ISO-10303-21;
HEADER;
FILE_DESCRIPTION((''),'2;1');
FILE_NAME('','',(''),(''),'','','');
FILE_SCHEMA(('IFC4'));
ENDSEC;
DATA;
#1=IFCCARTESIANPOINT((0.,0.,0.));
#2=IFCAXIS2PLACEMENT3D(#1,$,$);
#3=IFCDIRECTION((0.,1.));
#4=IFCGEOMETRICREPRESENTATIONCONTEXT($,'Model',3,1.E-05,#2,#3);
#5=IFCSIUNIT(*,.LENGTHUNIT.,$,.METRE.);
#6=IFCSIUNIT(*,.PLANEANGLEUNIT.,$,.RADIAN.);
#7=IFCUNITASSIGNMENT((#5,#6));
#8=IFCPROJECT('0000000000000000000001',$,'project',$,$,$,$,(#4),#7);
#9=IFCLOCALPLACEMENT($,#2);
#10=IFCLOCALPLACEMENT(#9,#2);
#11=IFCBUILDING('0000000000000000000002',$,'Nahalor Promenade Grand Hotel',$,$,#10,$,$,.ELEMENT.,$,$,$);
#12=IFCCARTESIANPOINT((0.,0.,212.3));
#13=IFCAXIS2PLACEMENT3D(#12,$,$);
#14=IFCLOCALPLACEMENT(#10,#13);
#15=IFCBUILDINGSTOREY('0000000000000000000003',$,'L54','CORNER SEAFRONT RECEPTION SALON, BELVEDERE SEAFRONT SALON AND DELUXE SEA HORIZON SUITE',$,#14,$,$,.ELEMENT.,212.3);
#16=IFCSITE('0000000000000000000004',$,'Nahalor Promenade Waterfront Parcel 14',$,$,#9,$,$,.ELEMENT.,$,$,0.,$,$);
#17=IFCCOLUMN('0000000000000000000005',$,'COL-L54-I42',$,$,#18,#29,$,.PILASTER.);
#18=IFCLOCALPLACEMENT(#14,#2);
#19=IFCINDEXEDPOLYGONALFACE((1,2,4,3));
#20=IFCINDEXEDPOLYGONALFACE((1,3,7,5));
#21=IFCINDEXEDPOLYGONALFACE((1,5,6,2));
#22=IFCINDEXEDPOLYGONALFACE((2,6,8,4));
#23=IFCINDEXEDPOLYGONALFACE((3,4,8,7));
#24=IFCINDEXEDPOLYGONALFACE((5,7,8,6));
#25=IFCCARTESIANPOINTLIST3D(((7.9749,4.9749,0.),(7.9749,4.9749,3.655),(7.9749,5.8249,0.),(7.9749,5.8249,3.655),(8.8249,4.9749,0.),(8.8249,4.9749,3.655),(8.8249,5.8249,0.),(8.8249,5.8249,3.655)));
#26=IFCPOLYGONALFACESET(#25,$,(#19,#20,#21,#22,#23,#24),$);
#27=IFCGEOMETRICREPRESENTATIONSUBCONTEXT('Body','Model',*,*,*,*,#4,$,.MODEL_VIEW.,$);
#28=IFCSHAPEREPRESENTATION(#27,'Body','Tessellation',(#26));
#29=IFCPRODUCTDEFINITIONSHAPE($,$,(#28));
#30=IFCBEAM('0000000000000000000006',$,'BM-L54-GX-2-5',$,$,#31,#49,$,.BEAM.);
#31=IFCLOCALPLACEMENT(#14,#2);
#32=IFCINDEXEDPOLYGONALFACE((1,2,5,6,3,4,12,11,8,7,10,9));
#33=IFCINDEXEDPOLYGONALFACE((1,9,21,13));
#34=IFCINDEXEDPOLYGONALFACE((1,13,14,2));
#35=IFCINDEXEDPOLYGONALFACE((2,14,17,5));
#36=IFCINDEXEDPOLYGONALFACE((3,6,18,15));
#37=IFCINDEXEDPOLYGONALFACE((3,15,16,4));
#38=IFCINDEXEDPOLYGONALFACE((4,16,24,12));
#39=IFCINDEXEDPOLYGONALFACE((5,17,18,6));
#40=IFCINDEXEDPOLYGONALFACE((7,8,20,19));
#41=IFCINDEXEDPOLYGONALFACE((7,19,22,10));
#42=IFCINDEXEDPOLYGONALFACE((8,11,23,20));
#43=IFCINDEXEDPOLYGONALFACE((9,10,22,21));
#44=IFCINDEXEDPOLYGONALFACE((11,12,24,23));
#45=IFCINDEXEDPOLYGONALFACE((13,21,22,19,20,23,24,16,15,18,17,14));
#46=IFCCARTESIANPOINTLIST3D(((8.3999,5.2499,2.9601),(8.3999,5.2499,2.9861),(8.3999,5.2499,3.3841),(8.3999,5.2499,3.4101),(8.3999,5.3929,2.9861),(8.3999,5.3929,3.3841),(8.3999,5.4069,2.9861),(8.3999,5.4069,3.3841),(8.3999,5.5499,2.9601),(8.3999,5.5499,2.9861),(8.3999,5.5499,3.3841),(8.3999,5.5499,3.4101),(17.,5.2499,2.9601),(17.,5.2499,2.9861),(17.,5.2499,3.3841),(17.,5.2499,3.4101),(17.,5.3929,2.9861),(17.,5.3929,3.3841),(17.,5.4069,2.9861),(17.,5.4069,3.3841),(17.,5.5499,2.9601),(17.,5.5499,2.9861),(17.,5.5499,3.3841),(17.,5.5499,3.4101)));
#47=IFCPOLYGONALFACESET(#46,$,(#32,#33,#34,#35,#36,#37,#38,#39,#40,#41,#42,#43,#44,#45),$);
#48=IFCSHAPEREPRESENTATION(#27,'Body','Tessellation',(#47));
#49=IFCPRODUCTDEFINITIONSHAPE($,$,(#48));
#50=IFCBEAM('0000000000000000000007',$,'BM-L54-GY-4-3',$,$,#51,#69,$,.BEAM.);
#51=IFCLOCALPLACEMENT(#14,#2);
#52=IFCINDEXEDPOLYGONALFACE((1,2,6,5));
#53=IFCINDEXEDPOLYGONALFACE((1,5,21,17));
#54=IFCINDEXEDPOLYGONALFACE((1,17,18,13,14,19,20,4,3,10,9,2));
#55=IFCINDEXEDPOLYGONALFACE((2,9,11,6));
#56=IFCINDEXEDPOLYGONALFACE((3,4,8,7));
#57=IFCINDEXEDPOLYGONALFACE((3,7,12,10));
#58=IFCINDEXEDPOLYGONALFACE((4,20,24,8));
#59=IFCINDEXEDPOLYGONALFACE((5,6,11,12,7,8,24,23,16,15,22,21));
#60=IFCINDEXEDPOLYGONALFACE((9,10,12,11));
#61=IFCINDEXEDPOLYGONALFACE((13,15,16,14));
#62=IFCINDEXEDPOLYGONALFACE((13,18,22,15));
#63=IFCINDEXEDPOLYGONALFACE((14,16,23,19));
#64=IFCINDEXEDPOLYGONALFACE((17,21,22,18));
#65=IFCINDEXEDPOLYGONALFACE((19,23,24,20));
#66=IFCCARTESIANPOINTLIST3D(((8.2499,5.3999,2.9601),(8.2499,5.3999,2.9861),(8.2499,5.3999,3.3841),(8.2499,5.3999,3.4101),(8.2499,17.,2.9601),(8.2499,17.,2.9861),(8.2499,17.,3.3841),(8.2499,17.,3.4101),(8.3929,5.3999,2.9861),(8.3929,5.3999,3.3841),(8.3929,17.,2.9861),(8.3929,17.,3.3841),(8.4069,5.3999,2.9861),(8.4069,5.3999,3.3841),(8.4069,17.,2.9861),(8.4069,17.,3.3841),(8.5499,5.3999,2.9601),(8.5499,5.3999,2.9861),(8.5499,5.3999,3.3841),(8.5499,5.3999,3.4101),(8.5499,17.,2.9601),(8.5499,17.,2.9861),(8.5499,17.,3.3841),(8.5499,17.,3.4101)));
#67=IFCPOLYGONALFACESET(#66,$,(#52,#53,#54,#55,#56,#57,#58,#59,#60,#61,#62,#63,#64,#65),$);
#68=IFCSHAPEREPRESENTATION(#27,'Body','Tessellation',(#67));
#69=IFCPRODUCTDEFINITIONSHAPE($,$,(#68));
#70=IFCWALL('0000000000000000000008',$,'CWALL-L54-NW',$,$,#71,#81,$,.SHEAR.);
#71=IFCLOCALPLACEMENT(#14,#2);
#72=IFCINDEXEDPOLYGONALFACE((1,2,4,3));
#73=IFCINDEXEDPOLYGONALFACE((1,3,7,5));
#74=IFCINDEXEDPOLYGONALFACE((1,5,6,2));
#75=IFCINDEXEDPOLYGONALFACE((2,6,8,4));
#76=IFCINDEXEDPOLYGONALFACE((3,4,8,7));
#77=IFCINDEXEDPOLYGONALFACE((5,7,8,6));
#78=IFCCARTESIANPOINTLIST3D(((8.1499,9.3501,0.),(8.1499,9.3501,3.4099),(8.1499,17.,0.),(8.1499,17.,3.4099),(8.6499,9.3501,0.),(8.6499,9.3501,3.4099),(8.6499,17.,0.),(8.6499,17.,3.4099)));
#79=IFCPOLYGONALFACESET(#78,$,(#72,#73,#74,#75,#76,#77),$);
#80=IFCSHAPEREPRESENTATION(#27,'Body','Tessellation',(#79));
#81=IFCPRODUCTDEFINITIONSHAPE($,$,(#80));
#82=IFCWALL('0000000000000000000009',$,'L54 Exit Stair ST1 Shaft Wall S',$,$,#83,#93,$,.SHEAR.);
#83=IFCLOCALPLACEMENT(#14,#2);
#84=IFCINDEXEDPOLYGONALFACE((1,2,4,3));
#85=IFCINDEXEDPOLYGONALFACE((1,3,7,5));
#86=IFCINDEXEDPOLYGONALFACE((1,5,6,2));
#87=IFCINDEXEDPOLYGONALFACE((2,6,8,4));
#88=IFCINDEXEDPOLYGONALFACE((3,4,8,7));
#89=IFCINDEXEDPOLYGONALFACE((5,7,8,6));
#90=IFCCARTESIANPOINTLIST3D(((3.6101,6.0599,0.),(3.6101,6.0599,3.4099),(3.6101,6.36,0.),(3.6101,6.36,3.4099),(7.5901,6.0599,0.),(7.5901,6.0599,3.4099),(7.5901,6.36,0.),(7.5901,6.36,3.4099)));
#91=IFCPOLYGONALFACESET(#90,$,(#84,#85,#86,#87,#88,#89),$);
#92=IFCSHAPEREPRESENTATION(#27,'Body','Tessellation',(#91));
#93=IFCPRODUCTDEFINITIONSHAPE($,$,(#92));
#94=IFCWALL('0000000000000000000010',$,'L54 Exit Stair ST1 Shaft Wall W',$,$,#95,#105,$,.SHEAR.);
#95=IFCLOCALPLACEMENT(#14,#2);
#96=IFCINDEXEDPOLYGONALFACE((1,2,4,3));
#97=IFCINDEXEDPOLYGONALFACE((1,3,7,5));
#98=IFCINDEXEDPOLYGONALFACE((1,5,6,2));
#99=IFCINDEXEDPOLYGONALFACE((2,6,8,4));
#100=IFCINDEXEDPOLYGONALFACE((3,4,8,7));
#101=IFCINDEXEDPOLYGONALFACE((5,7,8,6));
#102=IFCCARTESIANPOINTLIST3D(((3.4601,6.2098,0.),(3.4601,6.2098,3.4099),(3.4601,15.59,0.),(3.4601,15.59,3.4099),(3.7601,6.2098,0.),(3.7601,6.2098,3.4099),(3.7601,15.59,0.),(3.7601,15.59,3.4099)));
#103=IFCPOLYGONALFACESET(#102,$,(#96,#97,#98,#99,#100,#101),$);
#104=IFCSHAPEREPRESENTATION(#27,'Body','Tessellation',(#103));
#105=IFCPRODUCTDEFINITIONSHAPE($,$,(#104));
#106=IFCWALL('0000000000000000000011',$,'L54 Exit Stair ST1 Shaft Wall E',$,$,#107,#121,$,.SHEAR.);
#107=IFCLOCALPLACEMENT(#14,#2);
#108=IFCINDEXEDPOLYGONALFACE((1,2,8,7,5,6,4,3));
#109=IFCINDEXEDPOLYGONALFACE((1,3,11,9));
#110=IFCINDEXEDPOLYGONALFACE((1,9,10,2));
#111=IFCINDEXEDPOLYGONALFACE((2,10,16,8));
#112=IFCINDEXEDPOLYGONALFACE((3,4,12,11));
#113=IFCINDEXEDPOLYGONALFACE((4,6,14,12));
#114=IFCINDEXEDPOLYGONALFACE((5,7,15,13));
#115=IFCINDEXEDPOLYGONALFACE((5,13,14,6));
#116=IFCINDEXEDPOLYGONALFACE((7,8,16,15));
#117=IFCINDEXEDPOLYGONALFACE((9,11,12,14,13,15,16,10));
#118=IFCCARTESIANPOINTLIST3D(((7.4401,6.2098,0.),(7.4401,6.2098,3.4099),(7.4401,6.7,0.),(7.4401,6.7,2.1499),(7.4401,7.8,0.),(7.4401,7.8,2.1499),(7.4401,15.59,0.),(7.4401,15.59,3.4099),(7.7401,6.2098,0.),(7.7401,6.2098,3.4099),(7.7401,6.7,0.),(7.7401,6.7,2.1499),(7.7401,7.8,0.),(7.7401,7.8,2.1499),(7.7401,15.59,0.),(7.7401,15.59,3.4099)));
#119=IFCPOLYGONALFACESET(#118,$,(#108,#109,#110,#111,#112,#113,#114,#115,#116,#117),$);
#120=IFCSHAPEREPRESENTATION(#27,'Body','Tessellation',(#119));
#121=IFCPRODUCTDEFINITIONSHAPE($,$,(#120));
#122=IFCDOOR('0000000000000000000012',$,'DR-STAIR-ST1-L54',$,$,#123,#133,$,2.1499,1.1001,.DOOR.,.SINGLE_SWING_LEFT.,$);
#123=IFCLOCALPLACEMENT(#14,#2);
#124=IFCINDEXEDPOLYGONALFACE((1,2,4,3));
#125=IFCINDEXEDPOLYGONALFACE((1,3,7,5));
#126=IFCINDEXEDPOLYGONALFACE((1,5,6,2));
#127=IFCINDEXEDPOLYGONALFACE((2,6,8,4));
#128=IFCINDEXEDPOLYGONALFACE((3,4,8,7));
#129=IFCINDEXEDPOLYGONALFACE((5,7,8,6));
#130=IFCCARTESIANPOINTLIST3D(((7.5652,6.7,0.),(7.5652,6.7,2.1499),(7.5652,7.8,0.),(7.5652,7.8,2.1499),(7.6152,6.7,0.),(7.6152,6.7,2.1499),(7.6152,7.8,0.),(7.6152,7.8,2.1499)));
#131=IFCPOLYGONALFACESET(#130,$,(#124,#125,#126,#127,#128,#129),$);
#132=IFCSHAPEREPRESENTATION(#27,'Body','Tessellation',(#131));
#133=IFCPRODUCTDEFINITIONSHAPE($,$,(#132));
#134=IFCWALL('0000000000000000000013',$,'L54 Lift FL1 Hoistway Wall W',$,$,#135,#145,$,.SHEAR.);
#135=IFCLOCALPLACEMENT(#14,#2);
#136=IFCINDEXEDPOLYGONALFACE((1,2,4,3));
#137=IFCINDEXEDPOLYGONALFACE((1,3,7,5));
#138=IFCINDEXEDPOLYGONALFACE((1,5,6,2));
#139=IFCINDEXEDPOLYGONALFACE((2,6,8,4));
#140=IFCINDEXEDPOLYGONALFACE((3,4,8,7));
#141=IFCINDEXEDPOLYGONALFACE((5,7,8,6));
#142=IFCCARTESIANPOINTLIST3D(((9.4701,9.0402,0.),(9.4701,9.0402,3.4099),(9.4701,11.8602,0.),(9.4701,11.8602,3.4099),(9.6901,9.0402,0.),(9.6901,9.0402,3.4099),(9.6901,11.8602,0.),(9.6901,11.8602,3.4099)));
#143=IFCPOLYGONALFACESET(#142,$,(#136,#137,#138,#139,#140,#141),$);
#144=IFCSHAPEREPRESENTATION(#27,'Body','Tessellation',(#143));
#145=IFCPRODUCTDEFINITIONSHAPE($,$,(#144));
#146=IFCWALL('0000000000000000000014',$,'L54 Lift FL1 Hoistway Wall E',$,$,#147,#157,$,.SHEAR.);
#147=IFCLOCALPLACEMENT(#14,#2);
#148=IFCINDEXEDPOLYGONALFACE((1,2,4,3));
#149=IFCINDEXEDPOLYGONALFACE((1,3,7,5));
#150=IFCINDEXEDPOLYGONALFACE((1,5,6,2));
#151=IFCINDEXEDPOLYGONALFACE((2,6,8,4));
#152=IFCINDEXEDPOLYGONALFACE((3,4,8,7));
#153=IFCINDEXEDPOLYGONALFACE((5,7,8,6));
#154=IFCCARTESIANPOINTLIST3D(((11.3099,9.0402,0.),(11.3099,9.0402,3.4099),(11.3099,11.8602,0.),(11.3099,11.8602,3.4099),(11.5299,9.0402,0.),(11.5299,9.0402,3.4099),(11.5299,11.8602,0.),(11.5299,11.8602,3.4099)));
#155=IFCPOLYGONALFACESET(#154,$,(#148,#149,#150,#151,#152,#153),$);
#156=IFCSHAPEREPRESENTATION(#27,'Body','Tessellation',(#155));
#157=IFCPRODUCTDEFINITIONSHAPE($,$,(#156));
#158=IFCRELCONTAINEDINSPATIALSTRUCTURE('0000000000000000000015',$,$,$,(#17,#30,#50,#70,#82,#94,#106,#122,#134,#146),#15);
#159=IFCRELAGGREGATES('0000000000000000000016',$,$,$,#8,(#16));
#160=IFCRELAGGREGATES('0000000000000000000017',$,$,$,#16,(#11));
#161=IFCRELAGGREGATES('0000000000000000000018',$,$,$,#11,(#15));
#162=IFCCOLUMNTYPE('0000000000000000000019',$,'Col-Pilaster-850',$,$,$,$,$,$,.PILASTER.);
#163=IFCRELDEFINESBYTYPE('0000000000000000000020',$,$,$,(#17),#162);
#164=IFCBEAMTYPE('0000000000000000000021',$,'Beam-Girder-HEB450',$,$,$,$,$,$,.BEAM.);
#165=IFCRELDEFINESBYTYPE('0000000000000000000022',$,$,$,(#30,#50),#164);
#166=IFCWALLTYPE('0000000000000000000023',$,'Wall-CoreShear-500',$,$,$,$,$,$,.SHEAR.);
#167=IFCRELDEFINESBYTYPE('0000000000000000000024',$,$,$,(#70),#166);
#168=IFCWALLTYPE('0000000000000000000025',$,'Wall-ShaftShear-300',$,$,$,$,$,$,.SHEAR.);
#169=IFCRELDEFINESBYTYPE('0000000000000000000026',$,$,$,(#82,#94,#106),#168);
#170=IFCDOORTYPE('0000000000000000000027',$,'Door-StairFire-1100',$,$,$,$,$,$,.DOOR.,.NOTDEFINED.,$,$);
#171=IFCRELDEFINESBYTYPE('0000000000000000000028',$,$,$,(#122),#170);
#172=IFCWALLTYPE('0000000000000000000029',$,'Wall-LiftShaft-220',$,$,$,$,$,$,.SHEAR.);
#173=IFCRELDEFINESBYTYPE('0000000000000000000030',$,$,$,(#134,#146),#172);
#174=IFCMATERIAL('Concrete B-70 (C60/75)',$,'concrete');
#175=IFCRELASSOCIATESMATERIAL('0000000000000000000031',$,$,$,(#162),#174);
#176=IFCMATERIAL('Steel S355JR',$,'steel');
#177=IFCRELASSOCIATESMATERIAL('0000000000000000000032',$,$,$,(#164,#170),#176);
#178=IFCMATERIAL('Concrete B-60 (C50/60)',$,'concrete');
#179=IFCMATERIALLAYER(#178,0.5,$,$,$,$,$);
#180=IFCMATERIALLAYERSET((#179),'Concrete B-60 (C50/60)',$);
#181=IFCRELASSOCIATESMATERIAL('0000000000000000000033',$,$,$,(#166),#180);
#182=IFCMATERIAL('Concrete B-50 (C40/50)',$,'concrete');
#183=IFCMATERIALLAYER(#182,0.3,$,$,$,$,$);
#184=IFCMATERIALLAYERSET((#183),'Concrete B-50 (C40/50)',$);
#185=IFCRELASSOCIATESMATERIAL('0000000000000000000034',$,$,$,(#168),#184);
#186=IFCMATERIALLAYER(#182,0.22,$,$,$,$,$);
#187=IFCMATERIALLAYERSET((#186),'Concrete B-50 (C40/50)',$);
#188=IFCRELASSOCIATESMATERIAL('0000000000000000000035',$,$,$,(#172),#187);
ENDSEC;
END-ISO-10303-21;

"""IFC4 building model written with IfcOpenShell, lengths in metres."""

from ifc_helpers import new_model, si_unit, direction, frame, frame_2d, origin, origin_2d, place, context, subcontext, project, spatial, rectangle, i_section, extrude, source, transform, mapped, material, layer, layer_set, material_profile, profile_set, type_object, element, fill, save


model = new_model("IFC4")

# Units and contexts
model_context = context("Model", 3, precision=1e-05, world=origin(), true_north=direction((0.0, 1.0)))
body_context = subcontext(model_context, "Body", "Model", "MODEL_VIEW")
ifc_project = project(units=[si_unit("LENGTHUNIT", "METRE"), si_unit("PLANEANGLEUNIT", "RADIAN")], contexts=[model_context])

# Site, building, storey
site_placement = place(None, origin())
site = spatial("IfcSite", under=ifc_project, at=site_placement, Name="Nahalor Promenade Waterfront Parcel 14", CompositionType="ELEMENT", RefElevation=0.0)
building_placement = place(site_placement, origin())
building = spatial("IfcBuilding", under=site, at=building_placement, Name="Nahalor Promenade Grand Hotel", CompositionType="ELEMENT")
storey_placement = place(building_placement, frame((0.0, 0.0, 212.3)))
storey = spatial("IfcBuildingStorey", under=building, at=storey_placement, Name="L54", Description="CORNER SEAFRONT RECEPTION SALON, BELVEDERE SEAFRONT SALON AND DELUXE SEA HORIZON SUITE", CompositionType="ELEMENT", Elevation=212.3)

# Column
ifc_material_1 = material(Name="Concrete B-70 (C60/75)", Category="concrete")
ifc_material_profile_1 = material_profile(ifc_material_1, rectangle(XDim=0.85, YDim=0.85, at=origin_2d()), Name="RC 850x850")
ifc_profile_set_1 = profile_set([ifc_material_profile_1], Name="Concrete B-70 (C60/75)")
column_type = type_object("IfcColumnType", Name="Col-Pilaster-850", PredefinedType="PILASTER", material=ifc_profile_set_1)
shared_shape_1 = source(origin(), body_context, "Body", "SweptSolid", [
    extrude(rectangle(XDim=0.85, YDim=0.85, at=origin_2d()), origin(), (0.0, 0.0, 1.0), 3.655),
])
column_placement = place(storey_placement, frame((8.3999, 5.3999, 0.0), z_axis=(0.0, 0.0, 1.0), x_axis=(1.0, 0.0, 0.0)))
element("IfcColumn", 1, at=column_placement, inside=storey, type_object=column_type, Name="COL-L54-I42", PredefinedType="PILASTER", context=body_context, shape_type="MappedRepresentation", body=[
    mapped(shared_shape_1, transform((0.0, 0.0, 0.0), scale=1.0)),
])

# Beams
ifc_material_2 = material(Name="Steel S355JR", Category="steel")
ifc_material_profile_2 = material_profile(ifc_material_2, i_section(OverallWidth=0.3, OverallDepth=0.45, WebThickness=0.014, FlangeThickness=0.026, at=origin_2d()), Name="HEB 450")
ifc_profile_set_2 = profile_set([ifc_material_profile_2], Name="Steel S355JR")
beam_type = type_object("IfcBeamType", Name="Beam-Girder-HEB450", PredefinedType="BEAM", material=ifc_profile_set_2)
shared_shape_2 = source(origin(), body_context, "Body", "SweptSolid", [
    extrude(i_section(OverallWidth=0.3, OverallDepth=0.45, WebThickness=0.014, FlangeThickness=0.026, at=origin_2d()), origin(), (0.0, 0.0, 1.0), 8.6001),
])
beam_1_placement = place(storey_placement, frame((8.3999, 5.3999, 3.1851), z_axis=(1.0, 0.0, 0.0), x_axis=(0.0, 1.0, 0.0)))
element("IfcBeam", 2, at=beam_1_placement, inside=storey, type_object=beam_type, Name="BM-L54-GX-2-5", PredefinedType="BEAM", context=body_context, shape_type="MappedRepresentation", body=[
    mapped(shared_shape_2, transform((0.0, 0.0, 0.0), scale=1.0)),
])
shared_shape_3 = source(origin(), body_context, "Body", "SweptSolid", [
    extrude(i_section(OverallWidth=0.3, OverallDepth=0.45, WebThickness=0.014, FlangeThickness=0.026, at=origin_2d()), origin(), (0.0, 0.0, 1.0), 11.6001),
])
beam_2_placement = place(storey_placement, frame((8.3999, 5.3999, 3.1851), z_axis=(0.0, 1.0, 0.0), x_axis=(-1.0, 0.0, 0.0)))
element("IfcBeam", 3, at=beam_2_placement, inside=storey, type_object=beam_type, Name="BM-L54-GY-4-3", PredefinedType="BEAM", context=body_context, shape_type="MappedRepresentation", body=[
    mapped(shared_shape_3, transform((0.0, 0.0, 0.0), scale=1.0)),
])

# Walls
ifc_material_3 = material(Name="Concrete B-60 (C50/60)", Category="concrete")
ifc_layer_1 = layer(ifc_material_3, 0.5)
ifc_layer_set_1 = layer_set([ifc_layer_1], Name="Concrete B-60 (C50/60)")
wall_type_1 = type_object("IfcWallType", Name="Wall-CoreShear-500", PredefinedType="SHEAR", material=ifc_layer_set_1)
shared_shape_4 = source(origin(), body_context, "Body", "SweptSolid", [
    extrude(rectangle(XDim=7.6499, YDim=0.5, at=frame_2d((3.825, 0.0))), origin(), (0.0, 0.0, 1.0), 3.4099),
])
wall_1_placement = place(storey_placement, frame((8.3999, 9.3501, 0.0), z_axis=(0.0, 0.0, 1.0), x_axis=(0.0, 1.0, 0.0)))
element("IfcWall", 4, at=wall_1_placement, inside=storey, type_object=wall_type_1, Name="CWALL-L54-NW", PredefinedType="SHEAR", context=body_context, shape_type="MappedRepresentation", body=[
    mapped(shared_shape_4, transform((0.0, 0.0, 0.0), scale=1.0)),
])
ifc_material_4 = material(Name="Concrete B-50 (C40/50)", Category="concrete")
ifc_layer_2 = layer(ifc_material_4, 0.3)
ifc_layer_set_2 = layer_set([ifc_layer_2], Name="Concrete B-50 (C40/50)")
wall_type_2 = type_object("IfcWallType", Name="Wall-ShaftShear-300", PredefinedType="SHEAR", material=ifc_layer_set_2)
shared_shape_5 = source(origin(), body_context, "Body", "SweptSolid", [
    extrude(rectangle(XDim=3.98, YDim=0.3, at=frame_2d((1.99, 0.0))), origin(), (0.0, 0.0, 1.0), 3.4099),
])
wall_2_placement = place(storey_placement, frame((3.6101, 6.21, 0.0), z_axis=(0.0, 0.0, 1.0), x_axis=(1.0, 0.0, 0.0)))
element("IfcWall", 5, at=wall_2_placement, inside=storey, type_object=wall_type_2, Name="L54 Exit Stair ST1 Shaft Wall S", PredefinedType="SHEAR", context=body_context, shape_type="MappedRepresentation", body=[
    mapped(shared_shape_5, transform((0.0, 0.0, 0.0), scale=1.0)),
])
shared_shape_6 = source(origin(), body_context, "Body", "SweptSolid", [
    extrude(rectangle(XDim=9.3801, YDim=0.3, at=frame_2d((4.6899, 0.0))), origin(), (0.0, 0.0, 1.0), 3.4099),
])
wall_3_placement = place(storey_placement, frame((3.6101, 6.21, 0.0), z_axis=(0.0, 0.0, 1.0), x_axis=(0.0, 1.0, 0.0)))
element("IfcWall", 6, at=wall_3_placement, inside=storey, type_object=wall_type_2, Name="L54 Exit Stair ST1 Shaft Wall W", PredefinedType="SHEAR", context=body_context, shape_type="MappedRepresentation", body=[
    mapped(shared_shape_6, transform((0.0, 0.0, 0.0), scale=1.0)),
])

# Wall, opening, door
wall_4_placement = place(storey_placement, frame((7.5901, 6.21, 0.0), z_axis=(0.0, 0.0, 1.0), x_axis=(0.0, 1.0, 0.0)))
wall_4 = element("IfcWall", 7, at=wall_4_placement, inside=storey, type_object=wall_type_2, Name="L54 Exit Stair ST1 Shaft Wall E", PredefinedType="SHEAR", context=body_context, shape_type="MappedRepresentation", body=[
    mapped(shared_shape_6, transform((0.0, 0.0, 0.0), scale=1.0)),
])
opening_1_placement = place(wall_4_placement, frame((0.49, 0.0, 0.0)))
opening_1 = element("IfcOpeningElement", 8, at=opening_1_placement, cuts=wall_4, PredefinedType="OPENING", context=body_context, shape_type="SweptSolid", body=[
    extrude(rectangle(XDim=1.1001, YDim=2.1499, at=frame_2d((0.55, 1.075))), frame((0.0, 0.1599, 0.0), z_axis=(0.0, -1.0, 0.0), x_axis=(1.0, 0.0, 0.0)), (0.0, 0.0, 1.0), 0.3201),
])
door_type_1 = type_object("IfcDoorType", Name="Door-StairFire-1100", OperationType="NOTDEFINED", PredefinedType="DOOR", material=ifc_material_2)
shared_shape_7 = source(origin(), body_context, "Body", "SweptSolid", [
    extrude(rectangle(XDim=1.1001, YDim=2.1499, at=frame_2d((0.55, 1.075))), frame((0.0, 0.0249, 0.0), z_axis=(0.0, -1.0, 0.0), x_axis=(1.0, 0.0, 0.0)), (0.0, 0.0, 1.0), 0.05),
])
door_1_placement = place(opening_1_placement, origin())
door_1 = element("IfcDoor", 9, at=door_1_placement, inside=storey, type_object=door_type_1, Name="DR-STAIR-ST1-L54", OperationType="SINGLE_SWING_LEFT", OverallHeight=2.1499, OverallWidth=1.1001, PredefinedType="DOOR", context=body_context, shape_type="MappedRepresentation", body=[
    mapped(shared_shape_7, transform((0.0, 0.0, 0.0), scale=1.0)),
])
fill(opening_1, door_1)

# Walls
ifc_layer_3 = layer(ifc_material_4, 0.22)
ifc_layer_set_3 = layer_set([ifc_layer_3], Name="Concrete B-50 (C40/50)")
wall_type_3 = type_object("IfcWallType", Name="Wall-LiftShaft-220", PredefinedType="SHEAR", material=ifc_layer_set_3)
shared_shape_8 = source(origin(), body_context, "Body", "SweptSolid", [
    extrude(rectangle(XDim=2.8201, YDim=0.22, at=frame_2d((1.4102, 0.0))), origin(), (0.0, 0.0, 1.0), 3.4099),
])
for number, where, z_axis, x_axis, name in (
    (10, (9.5801, 9.04, 0.0), (0.0, 0.0, 1.0), (0.0, 1.0, 0.0), "L54 Lift FL1 Hoistway Wall W"),
    (11, (11.4199, 9.04, 0.0), (0.0, 0.0, 1.0), (0.0, 1.0, 0.0), "L54 Lift FL1 Hoistway Wall E"),
):
    element("IfcWall", number, at=place(storey_placement, frame(where, z_axis=z_axis, x_axis=x_axis)), inside=storey, type_object=wall_type_3, Name=name, PredefinedType="SHEAR", context=body_context, shape_type="MappedRepresentation", body=[
        mapped(shared_shape_8, transform((0.0, 0.0, 0.0), scale=1.0)),
    ])

save(model, "model.ifc")
